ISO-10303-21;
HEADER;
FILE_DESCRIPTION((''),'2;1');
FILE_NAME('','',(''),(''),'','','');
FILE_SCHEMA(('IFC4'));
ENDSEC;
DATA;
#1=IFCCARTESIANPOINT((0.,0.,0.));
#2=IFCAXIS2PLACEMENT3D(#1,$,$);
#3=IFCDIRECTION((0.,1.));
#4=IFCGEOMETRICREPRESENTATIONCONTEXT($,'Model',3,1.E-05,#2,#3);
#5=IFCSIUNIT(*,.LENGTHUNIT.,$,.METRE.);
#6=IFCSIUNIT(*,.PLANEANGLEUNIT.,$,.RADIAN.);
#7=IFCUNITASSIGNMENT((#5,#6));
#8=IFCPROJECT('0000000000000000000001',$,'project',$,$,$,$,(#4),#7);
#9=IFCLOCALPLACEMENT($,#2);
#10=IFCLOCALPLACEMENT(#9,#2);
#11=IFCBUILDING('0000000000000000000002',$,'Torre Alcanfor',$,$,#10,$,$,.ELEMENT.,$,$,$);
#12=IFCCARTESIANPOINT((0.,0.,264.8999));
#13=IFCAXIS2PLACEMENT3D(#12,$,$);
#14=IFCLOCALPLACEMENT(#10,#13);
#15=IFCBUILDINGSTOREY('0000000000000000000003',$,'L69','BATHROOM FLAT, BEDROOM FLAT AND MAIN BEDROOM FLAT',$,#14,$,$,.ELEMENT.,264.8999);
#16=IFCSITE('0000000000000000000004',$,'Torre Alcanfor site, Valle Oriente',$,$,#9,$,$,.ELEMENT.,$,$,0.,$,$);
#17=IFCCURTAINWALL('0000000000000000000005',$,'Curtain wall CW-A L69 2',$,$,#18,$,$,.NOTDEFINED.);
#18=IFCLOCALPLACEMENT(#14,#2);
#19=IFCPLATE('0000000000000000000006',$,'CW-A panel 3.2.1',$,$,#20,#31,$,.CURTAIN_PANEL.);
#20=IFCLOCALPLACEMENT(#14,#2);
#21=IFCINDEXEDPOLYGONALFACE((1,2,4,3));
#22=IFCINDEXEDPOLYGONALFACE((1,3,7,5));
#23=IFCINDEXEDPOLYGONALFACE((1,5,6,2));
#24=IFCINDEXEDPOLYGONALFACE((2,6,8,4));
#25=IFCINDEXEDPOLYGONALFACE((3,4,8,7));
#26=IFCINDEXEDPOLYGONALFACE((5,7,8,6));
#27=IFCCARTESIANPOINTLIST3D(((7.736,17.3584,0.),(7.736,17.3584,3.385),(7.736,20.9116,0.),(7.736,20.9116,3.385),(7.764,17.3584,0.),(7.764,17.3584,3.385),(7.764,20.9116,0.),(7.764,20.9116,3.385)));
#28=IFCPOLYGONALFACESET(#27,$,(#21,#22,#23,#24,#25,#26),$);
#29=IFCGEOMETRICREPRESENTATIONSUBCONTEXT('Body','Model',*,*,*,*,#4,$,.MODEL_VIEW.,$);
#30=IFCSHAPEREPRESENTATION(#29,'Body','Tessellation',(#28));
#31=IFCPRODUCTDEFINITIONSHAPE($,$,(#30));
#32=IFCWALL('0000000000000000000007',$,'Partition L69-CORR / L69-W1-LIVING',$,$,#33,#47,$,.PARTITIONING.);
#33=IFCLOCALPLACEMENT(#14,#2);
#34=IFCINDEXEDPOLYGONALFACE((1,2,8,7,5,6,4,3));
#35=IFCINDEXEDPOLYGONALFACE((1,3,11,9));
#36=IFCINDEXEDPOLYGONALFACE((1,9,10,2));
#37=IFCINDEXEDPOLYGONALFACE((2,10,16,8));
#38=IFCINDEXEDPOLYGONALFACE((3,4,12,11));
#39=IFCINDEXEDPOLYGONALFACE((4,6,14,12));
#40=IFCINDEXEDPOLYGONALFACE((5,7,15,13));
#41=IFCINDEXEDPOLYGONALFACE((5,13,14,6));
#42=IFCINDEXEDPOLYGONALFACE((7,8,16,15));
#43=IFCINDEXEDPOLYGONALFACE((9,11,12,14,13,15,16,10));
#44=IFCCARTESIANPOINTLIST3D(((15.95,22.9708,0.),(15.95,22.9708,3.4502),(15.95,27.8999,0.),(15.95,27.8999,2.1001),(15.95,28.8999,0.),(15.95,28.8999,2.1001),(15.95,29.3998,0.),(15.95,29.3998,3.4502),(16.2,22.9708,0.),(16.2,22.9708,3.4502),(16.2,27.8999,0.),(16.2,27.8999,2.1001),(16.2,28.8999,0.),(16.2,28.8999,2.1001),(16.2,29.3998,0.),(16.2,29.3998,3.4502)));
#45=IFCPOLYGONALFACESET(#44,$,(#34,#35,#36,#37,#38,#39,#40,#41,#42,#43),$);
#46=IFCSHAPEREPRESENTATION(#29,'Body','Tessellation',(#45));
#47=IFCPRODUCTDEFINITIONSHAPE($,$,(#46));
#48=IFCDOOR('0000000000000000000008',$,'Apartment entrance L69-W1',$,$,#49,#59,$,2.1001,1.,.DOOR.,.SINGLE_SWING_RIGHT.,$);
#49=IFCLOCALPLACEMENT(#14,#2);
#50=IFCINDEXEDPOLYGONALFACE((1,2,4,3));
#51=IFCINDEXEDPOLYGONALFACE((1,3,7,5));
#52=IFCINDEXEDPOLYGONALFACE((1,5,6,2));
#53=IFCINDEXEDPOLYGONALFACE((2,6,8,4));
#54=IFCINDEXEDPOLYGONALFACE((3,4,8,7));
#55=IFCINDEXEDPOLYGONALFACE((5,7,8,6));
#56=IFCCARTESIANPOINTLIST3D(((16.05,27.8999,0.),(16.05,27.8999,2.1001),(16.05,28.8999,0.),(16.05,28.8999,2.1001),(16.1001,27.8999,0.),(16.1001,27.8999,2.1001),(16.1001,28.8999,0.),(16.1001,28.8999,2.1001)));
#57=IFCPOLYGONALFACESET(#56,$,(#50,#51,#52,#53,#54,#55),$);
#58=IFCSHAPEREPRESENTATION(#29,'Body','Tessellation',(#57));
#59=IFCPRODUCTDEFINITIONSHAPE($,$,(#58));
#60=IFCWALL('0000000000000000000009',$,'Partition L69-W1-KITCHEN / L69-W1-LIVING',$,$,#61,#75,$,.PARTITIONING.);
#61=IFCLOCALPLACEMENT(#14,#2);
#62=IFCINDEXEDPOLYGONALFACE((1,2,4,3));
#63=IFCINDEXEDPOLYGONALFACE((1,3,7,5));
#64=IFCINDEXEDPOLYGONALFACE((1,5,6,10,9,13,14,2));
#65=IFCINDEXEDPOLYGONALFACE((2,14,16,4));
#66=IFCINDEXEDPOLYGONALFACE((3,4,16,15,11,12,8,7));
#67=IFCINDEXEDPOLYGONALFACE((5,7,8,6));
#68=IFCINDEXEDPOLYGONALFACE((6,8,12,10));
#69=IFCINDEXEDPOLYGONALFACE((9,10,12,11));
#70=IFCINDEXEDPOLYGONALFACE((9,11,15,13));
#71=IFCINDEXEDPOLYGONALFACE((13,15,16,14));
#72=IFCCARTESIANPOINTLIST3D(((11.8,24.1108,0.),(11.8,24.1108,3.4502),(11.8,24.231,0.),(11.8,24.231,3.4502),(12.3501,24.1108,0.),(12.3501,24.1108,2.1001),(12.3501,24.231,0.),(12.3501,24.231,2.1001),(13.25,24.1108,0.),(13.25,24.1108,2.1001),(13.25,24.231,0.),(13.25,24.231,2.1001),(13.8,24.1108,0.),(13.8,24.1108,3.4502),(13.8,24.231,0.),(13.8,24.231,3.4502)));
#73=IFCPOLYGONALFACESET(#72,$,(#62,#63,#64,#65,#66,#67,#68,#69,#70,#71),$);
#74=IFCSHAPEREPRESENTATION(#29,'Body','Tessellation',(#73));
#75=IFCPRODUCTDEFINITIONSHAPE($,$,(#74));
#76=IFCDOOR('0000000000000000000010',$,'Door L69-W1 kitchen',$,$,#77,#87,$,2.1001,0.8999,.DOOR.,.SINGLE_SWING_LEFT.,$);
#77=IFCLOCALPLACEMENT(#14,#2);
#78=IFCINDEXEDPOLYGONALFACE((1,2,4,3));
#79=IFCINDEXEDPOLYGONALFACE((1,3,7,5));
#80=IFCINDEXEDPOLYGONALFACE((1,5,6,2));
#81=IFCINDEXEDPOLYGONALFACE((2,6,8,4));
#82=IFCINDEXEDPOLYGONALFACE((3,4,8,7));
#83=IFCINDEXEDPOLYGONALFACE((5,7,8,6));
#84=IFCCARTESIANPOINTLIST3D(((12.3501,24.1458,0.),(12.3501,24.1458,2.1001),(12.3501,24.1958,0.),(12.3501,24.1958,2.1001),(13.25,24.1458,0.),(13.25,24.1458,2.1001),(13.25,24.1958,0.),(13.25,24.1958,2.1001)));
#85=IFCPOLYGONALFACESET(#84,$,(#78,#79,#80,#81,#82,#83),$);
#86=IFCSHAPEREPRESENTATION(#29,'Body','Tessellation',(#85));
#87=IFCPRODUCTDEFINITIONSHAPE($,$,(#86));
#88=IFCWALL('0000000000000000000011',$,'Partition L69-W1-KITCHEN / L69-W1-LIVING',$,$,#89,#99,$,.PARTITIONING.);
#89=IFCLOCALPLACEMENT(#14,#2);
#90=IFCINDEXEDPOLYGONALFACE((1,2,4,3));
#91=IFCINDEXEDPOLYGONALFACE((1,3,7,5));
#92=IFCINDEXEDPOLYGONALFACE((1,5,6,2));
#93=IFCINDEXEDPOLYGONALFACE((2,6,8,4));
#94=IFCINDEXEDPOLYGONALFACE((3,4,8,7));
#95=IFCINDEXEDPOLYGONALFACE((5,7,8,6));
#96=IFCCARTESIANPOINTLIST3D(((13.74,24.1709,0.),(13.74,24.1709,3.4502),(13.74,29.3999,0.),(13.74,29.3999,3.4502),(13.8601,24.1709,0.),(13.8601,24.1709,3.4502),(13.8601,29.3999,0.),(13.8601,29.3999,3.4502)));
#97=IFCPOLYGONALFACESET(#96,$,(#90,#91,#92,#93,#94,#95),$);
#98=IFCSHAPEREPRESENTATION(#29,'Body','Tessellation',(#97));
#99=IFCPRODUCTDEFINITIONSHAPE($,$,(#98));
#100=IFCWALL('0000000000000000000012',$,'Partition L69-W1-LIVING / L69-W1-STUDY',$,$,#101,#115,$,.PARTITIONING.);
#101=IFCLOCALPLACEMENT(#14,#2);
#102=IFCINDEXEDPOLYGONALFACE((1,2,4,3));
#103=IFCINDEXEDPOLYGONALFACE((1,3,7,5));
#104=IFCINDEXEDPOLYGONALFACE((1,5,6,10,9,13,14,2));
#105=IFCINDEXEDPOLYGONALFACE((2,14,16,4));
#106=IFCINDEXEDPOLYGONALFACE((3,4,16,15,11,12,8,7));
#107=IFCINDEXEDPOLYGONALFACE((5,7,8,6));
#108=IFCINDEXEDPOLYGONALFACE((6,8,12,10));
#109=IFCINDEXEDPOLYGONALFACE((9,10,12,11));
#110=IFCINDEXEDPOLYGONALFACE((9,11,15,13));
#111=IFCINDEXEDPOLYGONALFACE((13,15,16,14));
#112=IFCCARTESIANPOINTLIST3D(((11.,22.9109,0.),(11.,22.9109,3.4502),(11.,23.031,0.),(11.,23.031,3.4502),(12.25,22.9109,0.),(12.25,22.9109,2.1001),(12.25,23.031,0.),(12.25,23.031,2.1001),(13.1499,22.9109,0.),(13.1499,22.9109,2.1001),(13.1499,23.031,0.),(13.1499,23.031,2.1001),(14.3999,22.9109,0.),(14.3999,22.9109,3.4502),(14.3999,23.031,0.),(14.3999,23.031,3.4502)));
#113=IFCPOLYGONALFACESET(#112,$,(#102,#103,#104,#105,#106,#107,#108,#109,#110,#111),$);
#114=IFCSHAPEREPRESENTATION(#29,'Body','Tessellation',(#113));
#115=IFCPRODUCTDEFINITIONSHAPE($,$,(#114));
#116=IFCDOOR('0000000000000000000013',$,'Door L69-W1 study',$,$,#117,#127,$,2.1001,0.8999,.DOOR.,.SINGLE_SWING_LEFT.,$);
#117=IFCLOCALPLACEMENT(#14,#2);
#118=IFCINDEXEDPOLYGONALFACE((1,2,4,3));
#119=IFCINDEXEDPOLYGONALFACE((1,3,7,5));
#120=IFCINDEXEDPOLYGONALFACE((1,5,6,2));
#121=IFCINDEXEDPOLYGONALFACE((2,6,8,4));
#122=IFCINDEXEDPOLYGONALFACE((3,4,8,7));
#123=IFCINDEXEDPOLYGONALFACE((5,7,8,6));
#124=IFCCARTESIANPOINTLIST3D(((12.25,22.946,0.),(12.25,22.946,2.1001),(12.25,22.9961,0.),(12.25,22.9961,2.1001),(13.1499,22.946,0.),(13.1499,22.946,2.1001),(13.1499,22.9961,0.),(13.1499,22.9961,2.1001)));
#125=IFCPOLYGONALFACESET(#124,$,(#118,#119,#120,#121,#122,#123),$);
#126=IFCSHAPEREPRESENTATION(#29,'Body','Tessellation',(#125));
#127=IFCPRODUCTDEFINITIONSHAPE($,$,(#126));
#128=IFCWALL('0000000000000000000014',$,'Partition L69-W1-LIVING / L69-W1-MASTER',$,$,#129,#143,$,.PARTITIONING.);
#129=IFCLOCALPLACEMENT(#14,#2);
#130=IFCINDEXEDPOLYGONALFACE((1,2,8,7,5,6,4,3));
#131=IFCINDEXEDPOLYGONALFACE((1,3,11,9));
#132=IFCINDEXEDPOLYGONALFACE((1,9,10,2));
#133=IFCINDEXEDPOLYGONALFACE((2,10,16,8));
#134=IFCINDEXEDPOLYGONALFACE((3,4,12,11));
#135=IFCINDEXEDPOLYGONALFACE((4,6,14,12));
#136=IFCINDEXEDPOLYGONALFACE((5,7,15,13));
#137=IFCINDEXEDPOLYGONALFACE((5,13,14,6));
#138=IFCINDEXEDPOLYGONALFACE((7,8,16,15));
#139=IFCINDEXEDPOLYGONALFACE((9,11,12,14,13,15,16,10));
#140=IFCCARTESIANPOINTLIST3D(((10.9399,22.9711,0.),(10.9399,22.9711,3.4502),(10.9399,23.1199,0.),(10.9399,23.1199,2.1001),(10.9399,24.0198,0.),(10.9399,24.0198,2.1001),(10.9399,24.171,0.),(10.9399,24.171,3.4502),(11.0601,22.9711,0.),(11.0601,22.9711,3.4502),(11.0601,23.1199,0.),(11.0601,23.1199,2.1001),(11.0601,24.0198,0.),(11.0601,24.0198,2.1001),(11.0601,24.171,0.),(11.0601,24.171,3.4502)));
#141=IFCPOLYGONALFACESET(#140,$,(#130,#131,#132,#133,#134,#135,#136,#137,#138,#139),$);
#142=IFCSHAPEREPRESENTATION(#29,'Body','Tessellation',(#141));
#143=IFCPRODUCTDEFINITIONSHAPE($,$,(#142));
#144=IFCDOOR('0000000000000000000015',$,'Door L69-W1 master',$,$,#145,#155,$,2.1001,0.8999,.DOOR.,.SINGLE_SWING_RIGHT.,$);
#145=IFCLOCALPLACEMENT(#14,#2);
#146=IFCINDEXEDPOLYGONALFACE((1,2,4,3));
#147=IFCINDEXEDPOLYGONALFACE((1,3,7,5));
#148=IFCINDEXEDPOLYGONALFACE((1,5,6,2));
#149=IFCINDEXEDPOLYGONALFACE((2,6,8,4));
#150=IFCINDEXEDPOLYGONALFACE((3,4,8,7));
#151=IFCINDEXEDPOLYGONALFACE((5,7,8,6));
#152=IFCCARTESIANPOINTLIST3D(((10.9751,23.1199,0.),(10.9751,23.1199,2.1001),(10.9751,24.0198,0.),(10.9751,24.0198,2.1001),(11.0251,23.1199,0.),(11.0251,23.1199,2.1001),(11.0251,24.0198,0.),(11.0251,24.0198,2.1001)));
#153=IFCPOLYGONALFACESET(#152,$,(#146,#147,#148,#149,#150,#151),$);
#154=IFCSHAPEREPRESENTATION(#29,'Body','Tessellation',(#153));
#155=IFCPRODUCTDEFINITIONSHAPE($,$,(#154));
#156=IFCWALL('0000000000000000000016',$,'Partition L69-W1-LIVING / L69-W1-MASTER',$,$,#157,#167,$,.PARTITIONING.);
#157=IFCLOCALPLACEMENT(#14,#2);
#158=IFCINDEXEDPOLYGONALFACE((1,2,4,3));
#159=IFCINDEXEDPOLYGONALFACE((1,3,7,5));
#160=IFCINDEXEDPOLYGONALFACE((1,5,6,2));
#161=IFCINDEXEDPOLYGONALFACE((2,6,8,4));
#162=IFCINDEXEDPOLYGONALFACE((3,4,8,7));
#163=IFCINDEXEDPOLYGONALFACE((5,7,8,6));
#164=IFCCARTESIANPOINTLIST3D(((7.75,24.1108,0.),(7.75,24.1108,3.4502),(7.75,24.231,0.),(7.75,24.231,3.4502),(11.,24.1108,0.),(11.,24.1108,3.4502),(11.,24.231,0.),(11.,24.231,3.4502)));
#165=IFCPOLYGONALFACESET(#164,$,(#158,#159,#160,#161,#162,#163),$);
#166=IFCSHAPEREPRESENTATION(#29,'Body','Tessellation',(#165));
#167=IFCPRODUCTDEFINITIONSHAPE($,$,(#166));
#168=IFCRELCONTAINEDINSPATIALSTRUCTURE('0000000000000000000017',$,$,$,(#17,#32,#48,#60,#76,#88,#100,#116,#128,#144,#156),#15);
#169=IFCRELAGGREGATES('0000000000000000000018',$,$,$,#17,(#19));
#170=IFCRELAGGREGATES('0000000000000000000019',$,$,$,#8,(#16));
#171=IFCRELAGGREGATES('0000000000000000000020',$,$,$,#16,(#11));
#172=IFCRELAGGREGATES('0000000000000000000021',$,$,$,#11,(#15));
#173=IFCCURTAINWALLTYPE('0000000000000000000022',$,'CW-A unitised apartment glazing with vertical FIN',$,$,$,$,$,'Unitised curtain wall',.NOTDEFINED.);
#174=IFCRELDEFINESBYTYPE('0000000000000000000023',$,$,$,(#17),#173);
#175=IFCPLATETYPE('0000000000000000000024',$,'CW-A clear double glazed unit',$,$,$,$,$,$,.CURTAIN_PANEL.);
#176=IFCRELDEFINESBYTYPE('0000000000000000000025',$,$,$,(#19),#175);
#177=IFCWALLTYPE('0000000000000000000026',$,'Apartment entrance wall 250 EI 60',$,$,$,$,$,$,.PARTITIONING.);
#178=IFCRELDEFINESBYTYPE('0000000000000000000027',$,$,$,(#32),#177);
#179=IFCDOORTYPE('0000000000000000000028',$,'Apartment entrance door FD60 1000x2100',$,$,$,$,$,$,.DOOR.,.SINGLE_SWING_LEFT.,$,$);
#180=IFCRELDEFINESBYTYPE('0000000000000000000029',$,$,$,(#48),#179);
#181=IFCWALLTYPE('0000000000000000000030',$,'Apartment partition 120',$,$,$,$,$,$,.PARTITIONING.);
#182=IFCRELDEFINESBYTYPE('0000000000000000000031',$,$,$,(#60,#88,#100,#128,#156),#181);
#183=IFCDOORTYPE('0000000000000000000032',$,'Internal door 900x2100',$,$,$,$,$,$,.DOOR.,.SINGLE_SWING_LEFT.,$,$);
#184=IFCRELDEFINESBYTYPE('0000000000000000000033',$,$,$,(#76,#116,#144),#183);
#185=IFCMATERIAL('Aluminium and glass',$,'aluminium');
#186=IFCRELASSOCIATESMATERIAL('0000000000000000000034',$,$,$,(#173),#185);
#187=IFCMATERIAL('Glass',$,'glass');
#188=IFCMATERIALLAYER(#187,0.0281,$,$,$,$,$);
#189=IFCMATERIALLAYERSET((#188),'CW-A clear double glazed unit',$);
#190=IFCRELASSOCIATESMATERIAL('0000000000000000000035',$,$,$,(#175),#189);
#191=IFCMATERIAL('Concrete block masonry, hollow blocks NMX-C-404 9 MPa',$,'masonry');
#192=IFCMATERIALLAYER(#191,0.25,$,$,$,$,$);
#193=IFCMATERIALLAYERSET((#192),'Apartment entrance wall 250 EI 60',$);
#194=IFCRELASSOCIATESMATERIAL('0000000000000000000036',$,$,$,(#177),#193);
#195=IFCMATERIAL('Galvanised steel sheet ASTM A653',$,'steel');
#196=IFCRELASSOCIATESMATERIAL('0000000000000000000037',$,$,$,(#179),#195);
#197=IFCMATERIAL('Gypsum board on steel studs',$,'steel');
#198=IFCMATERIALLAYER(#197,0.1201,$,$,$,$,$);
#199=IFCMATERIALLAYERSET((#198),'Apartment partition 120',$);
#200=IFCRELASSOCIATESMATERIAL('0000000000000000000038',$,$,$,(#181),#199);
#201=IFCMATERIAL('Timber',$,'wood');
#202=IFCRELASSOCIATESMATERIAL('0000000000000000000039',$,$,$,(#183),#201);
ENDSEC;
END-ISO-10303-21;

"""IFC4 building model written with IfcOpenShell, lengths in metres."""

from ifc_helpers import new_model, si_unit, direction, frame, frame_2d, origin, origin_2d, place, context, subcontext, project, spatial, rectangle, extrude, material, layer, layer_set, type_object, element, fill, aggregate, save


model = new_model("IFC4")

# Units and contexts
model_context = context("Model", 3, precision=1e-05, world=origin(), true_north=direction((0.0, 1.0)))
body_context = subcontext(model_context, "Body", "Model", "MODEL_VIEW")
ifc_project = project(units=[si_unit("LENGTHUNIT", "METRE"), si_unit("PLANEANGLEUNIT", "RADIAN")], contexts=[model_context])

# Site, building, storey
site_placement = place(None, origin())
site = spatial("IfcSite", under=ifc_project, at=site_placement, Name="Torre Alcanfor site, Valle Oriente", CompositionType="ELEMENT", RefElevation=0.0)
building_placement = place(site_placement, origin())
building = spatial("IfcBuilding", under=site, at=building_placement, Name="Torre Alcanfor", CompositionType="ELEMENT")
storey_placement = place(building_placement, frame((0.0, 0.0, 264.8999)))
storey = spatial("IfcBuildingStorey", under=building, at=storey_placement, Name="L69", Description="BATHROOM FLAT, BEDROOM FLAT AND MAIN BEDROOM FLAT", CompositionType="ELEMENT", Elevation=264.8999)

# Curtain wall
ifc_material_1 = material(Name="Aluminium and glass", Category="aluminium")
curtain_wall_type = type_object("IfcCurtainWallType", Name="CW-A unitised apartment glazing with vertical FIN", ElementType="Unitised curtain wall", PredefinedType="NOTDEFINED", material=ifc_material_1)
curtain_wall_placement = place(storey_placement, origin())
curtain_wall = element("IfcCurtainWall", 1, at=curtain_wall_placement, inside=storey, type_object=curtain_wall_type, Name="Curtain wall CW-A L69 2", PredefinedType="NOTDEFINED")

# Plate
ifc_material_2 = material(Name="Glass", Category="glass")
ifc_layer_1 = layer(ifc_material_2, 0.0281)
ifc_layer_set_1 = layer_set([ifc_layer_1], Name="CW-A clear double glazed unit")
plate_type = type_object("IfcPlateType", Name="CW-A clear double glazed unit", PredefinedType="CURTAIN_PANEL", material=ifc_layer_set_1)
plate_1_placement = place(storey_placement, frame((7.75, 19.135, 0.0), z_axis=(0.0, 0.0, 1.0), x_axis=(0.0, -1.0, 0.0)))
plate_1 = element("IfcPlate", 2, at=plate_1_placement, type_object=plate_type, Name="CW-A panel 3.2.1", PredefinedType="CURTAIN_PANEL", context=body_context, shape_type="SweptSolid", body=[
    extrude(rectangle(XDim=3.5532, YDim=0.0281, at=origin_2d()), origin(), (0.0, 0.0, 1.0), 3.385),
])
aggregate(curtain_wall, [plate_1])

# Walls, openings, doors
ifc_material_3 = material(Name="Concrete block masonry, hollow blocks NMX-C-404 9 MPa", Category="masonry")
ifc_layer_2 = layer(ifc_material_3, 0.25)
ifc_layer_set_2 = layer_set([ifc_layer_2], Name="Apartment entrance wall 250 EI 60")
wall_type_1 = type_object("IfcWallType", Name="Apartment entrance wall 250 EI 60", PredefinedType="PARTITIONING", material=ifc_layer_set_2)
wall_1_placement = place(storey_placement, frame((16.075, 22.9709, 0.0), z_axis=(0.0, 0.0, 1.0), x_axis=(0.0, 1.0, 0.0)))
wall_1 = element("IfcWall", 3, at=wall_1_placement, inside=storey, type_object=wall_type_1, Name="Partition L69-CORR / L69-W1-LIVING", PredefinedType="PARTITIONING", context=body_context, shape_type="SweptSolid", body=[
    extrude(rectangle(XDim=6.429, YDim=0.25, at=frame_2d((3.2144, 0.0))), origin(), (0.0, 0.0, 1.0), 3.4502),
])
opening_1_placement = place(wall_1_placement, frame((4.929, 0.0, 0.0)))
opening_1 = element("IfcOpeningElement", 4, at=opening_1_placement, cuts=wall_1, PredefinedType="OPENING", context=body_context, shape_type="SweptSolid", body=[
    extrude(rectangle(XDim=1.0, YDim=2.1001, at=frame_2d((0.5, 1.05))), frame((0.0, 0.135, 0.0), z_axis=(0.0, -1.0, 0.0), x_axis=(1.0, 0.0, 0.0)), (0.0, 0.0, 1.0), 0.27),
])
ifc_material_4 = material(Name="Galvanised steel sheet ASTM A653", Category="steel")
door_type_1 = type_object("IfcDoorType", Name="Apartment entrance door FD60 1000x2100", OperationType="SINGLE_SWING_LEFT", PredefinedType="DOOR", material=ifc_material_4)
door_1_placement = place(opening_1_placement, origin())
door_1 = element("IfcDoor", 5, at=door_1_placement, inside=storey, type_object=door_type_1, Name="Apartment entrance L69-W1", OperationType="SINGLE_SWING_RIGHT", OverallHeight=2.1001, OverallWidth=1.0, PredefinedType="DOOR", context=body_context, shape_type="SweptSolid", body=[
    extrude(rectangle(XDim=1.0, YDim=2.1001, at=frame_2d((0.5, 1.05))), frame((0.0, 0.0249, 0.0), z_axis=(0.0, -1.0, 0.0), x_axis=(1.0, 0.0, 0.0)), (0.0, 0.0, 1.0), 0.05),
])
fill(opening_1, door_1)
ifc_material_5 = material(Name="Gypsum board on steel studs", Category="steel")
ifc_layer_3 = layer(ifc_material_5, 0.1201)
ifc_layer_set_3 = layer_set([ifc_layer_3], Name="Apartment partition 120")
wall_type_2 = type_object("IfcWallType", Name="Apartment partition 120", PredefinedType="PARTITIONING", material=ifc_layer_set_3)
wall_2_placement = place(storey_placement, frame((11.8, 24.1709, 0.0), z_axis=(0.0, 0.0, 1.0), x_axis=(1.0, 0.0, 0.0)))
wall_2 = element("IfcWall", 6, at=wall_2_placement, inside=storey, type_object=wall_type_2, Name="Partition L69-W1-KITCHEN / L69-W1-LIVING", PredefinedType="PARTITIONING", context=body_context, shape_type="SweptSolid", body=[
    extrude(rectangle(XDim=2.0, YDim=0.1201, at=frame_2d((1.0, 0.0))), origin(), (0.0, 0.0, 1.0), 3.4502),
])
opening_2_placement = place(wall_2_placement, frame((0.55, 0.0, 0.0)))
opening_2 = element("IfcOpeningElement", 7, at=opening_2_placement, cuts=wall_2, PredefinedType="OPENING", context=body_context, shape_type="SweptSolid", body=[
    extrude(rectangle(XDim=0.8999, YDim=2.1001, at=frame_2d((0.45, 1.05))), frame((0.0, 0.0701, 0.0), z_axis=(0.0, -1.0, 0.0), x_axis=(1.0, 0.0, 0.0)), (0.0, 0.0, 1.0), 0.1401),
])
ifc_material_6 = material(Name="Timber", Category="wood")
door_type_2 = type_object("IfcDoorType", Name="Internal door 900x2100", OperationType="SINGLE_SWING_LEFT", PredefinedType="DOOR", material=ifc_material_6)
door_2_placement = place(opening_2_placement, origin())
door_2 = element("IfcDoor", 8, at=door_2_placement, inside=storey, type_object=door_type_2, Name="Door L69-W1 kitchen", OperationType="SINGLE_SWING_LEFT", OverallHeight=2.1001, OverallWidth=0.8999, PredefinedType="DOOR", context=body_context, shape_type="SweptSolid", body=[
    extrude(rectangle(XDim=0.8999, YDim=2.1001, at=frame_2d((0.45, 1.05))), frame((0.0, 0.0249, 0.0), z_axis=(0.0, -1.0, 0.0), x_axis=(1.0, 0.0, 0.0)), (0.0, 0.0, 1.0), 0.05),
])
fill(opening_2, door_2)

# Wall
wall_3_placement = place(storey_placement, frame((13.8, 24.1709, 0.0), z_axis=(0.0, 0.0, 1.0), x_axis=(0.0, 1.0, 0.0)))
element("IfcWall", 9, at=wall_3_placement, inside=storey, type_object=wall_type_2, Name="Partition L69-W1-KITCHEN / L69-W1-LIVING", PredefinedType="PARTITIONING", context=body_context, shape_type="SweptSolid", body=[
    extrude(rectangle(XDim=5.229, YDim=0.1201, at=frame_2d((2.6145, 0.0))), origin(), (0.0, 0.0, 1.0), 3.4502),
])

# Walls, openings, doors
wall_4_placement = place(storey_placement, frame((14.3999, 22.9709, 0.0), z_axis=(0.0, 0.0, 1.0), x_axis=(-1.0, 0.0, 0.0)))
wall_4 = element("IfcWall", 10, at=wall_4_placement, inside=storey, type_object=wall_type_2, Name="Partition L69-W1-LIVING / L69-W1-STUDY", PredefinedType="PARTITIONING", context=body_context, shape_type="SweptSolid", body=[
    extrude(rectangle(XDim=3.3999, YDim=0.1201, at=frame_2d((1.7, 0.0))), origin(), (0.0, 0.0, 1.0), 3.4502),
])
opening_3_placement = place(wall_4_placement, frame((1.25, 0.0, 0.0)))
opening_3 = element("IfcOpeningElement", 11, at=opening_3_placement, cuts=wall_4, PredefinedType="OPENING", context=body_context, shape_type="SweptSolid", body=[
    extrude(rectangle(XDim=0.8999, YDim=2.1001, at=frame_2d((0.45, 1.05))), frame((0.0, 0.0701, 0.0), z_axis=(0.0, -1.0, 0.0), x_axis=(1.0, 0.0, 0.0)), (0.0, 0.0, 1.0), 0.1401),
])
door_3_placement = place(opening_3_placement, origin())
door_3 = element("IfcDoor", 12, at=door_3_placement, inside=storey, type_object=door_type_2, Name="Door L69-W1 study", OperationType="SINGLE_SWING_LEFT", OverallHeight=2.1001, OverallWidth=0.8999, PredefinedType="DOOR", context=body_context, shape_type="SweptSolid", body=[
    extrude(rectangle(XDim=0.8999, YDim=2.1001, at=frame_2d((0.45, 1.05))), frame((0.0, 0.0249, 0.0), z_axis=(0.0, -1.0, 0.0), x_axis=(1.0, 0.0, 0.0)), (0.0, 0.0, 1.0), 0.05),
])
fill(opening_3, door_3)
wall_5_placement = place(storey_placement, frame((11.0, 22.9709, 0.0), z_axis=(0.0, 0.0, 1.0), x_axis=(0.0, 1.0, 0.0)))
wall_5 = element("IfcWall", 13, at=wall_5_placement, inside=storey, type_object=wall_type_2, Name="Partition L69-W1-LIVING / L69-W1-MASTER", PredefinedType="PARTITIONING", context=body_context, shape_type="SweptSolid", body=[
    extrude(rectangle(XDim=1.2, YDim=0.1201, at=frame_2d((0.6001, 0.0))), origin(), (0.0, 0.0, 1.0), 3.4502),
])
opening_4_placement = place(wall_5_placement, frame((0.1489, 0.0, 0.0)))
opening_4 = element("IfcOpeningElement", 14, at=opening_4_placement, cuts=wall_5, PredefinedType="OPENING", context=body_context, shape_type="SweptSolid", body=[
    extrude(rectangle(XDim=0.8999, YDim=2.1001, at=frame_2d((0.45, 1.05))), frame((0.0, 0.0701, 0.0), z_axis=(0.0, -1.0, 0.0), x_axis=(1.0, 0.0, 0.0)), (0.0, 0.0, 1.0), 0.1401),
])
door_4_placement = place(opening_4_placement, origin())
door_4 = element("IfcDoor", 15, at=door_4_placement, inside=storey, type_object=door_type_2, Name="Door L69-W1 master", OperationType="SINGLE_SWING_RIGHT", OverallHeight=2.1001, OverallWidth=0.8999, PredefinedType="DOOR", context=body_context, shape_type="SweptSolid", body=[
    extrude(rectangle(XDim=0.8999, YDim=2.1001, at=frame_2d((0.45, 1.05))), frame((0.0, 0.0249, 0.0), z_axis=(0.0, -1.0, 0.0), x_axis=(1.0, 0.0, 0.0)), (0.0, 0.0, 1.0), 0.05),
])
fill(opening_4, door_4)

# Wall
wall_6_placement = place(storey_placement, frame((11.0, 24.1709, 0.0), z_axis=(0.0, 0.0, 1.0), x_axis=(-1.0, 0.0, 0.0)))
element("IfcWall", 16, at=wall_6_placement, inside=storey, type_object=wall_type_2, Name="Partition L69-W1-LIVING / L69-W1-MASTER", PredefinedType="PARTITIONING", context=body_context, shape_type="SweptSolid", body=[
    extrude(rectangle(XDim=3.25, YDim=0.1201, at=frame_2d((1.625, 0.0))), origin(), (0.0, 0.0, 1.0), 3.4502),
])

save(model, "model.ifc")
